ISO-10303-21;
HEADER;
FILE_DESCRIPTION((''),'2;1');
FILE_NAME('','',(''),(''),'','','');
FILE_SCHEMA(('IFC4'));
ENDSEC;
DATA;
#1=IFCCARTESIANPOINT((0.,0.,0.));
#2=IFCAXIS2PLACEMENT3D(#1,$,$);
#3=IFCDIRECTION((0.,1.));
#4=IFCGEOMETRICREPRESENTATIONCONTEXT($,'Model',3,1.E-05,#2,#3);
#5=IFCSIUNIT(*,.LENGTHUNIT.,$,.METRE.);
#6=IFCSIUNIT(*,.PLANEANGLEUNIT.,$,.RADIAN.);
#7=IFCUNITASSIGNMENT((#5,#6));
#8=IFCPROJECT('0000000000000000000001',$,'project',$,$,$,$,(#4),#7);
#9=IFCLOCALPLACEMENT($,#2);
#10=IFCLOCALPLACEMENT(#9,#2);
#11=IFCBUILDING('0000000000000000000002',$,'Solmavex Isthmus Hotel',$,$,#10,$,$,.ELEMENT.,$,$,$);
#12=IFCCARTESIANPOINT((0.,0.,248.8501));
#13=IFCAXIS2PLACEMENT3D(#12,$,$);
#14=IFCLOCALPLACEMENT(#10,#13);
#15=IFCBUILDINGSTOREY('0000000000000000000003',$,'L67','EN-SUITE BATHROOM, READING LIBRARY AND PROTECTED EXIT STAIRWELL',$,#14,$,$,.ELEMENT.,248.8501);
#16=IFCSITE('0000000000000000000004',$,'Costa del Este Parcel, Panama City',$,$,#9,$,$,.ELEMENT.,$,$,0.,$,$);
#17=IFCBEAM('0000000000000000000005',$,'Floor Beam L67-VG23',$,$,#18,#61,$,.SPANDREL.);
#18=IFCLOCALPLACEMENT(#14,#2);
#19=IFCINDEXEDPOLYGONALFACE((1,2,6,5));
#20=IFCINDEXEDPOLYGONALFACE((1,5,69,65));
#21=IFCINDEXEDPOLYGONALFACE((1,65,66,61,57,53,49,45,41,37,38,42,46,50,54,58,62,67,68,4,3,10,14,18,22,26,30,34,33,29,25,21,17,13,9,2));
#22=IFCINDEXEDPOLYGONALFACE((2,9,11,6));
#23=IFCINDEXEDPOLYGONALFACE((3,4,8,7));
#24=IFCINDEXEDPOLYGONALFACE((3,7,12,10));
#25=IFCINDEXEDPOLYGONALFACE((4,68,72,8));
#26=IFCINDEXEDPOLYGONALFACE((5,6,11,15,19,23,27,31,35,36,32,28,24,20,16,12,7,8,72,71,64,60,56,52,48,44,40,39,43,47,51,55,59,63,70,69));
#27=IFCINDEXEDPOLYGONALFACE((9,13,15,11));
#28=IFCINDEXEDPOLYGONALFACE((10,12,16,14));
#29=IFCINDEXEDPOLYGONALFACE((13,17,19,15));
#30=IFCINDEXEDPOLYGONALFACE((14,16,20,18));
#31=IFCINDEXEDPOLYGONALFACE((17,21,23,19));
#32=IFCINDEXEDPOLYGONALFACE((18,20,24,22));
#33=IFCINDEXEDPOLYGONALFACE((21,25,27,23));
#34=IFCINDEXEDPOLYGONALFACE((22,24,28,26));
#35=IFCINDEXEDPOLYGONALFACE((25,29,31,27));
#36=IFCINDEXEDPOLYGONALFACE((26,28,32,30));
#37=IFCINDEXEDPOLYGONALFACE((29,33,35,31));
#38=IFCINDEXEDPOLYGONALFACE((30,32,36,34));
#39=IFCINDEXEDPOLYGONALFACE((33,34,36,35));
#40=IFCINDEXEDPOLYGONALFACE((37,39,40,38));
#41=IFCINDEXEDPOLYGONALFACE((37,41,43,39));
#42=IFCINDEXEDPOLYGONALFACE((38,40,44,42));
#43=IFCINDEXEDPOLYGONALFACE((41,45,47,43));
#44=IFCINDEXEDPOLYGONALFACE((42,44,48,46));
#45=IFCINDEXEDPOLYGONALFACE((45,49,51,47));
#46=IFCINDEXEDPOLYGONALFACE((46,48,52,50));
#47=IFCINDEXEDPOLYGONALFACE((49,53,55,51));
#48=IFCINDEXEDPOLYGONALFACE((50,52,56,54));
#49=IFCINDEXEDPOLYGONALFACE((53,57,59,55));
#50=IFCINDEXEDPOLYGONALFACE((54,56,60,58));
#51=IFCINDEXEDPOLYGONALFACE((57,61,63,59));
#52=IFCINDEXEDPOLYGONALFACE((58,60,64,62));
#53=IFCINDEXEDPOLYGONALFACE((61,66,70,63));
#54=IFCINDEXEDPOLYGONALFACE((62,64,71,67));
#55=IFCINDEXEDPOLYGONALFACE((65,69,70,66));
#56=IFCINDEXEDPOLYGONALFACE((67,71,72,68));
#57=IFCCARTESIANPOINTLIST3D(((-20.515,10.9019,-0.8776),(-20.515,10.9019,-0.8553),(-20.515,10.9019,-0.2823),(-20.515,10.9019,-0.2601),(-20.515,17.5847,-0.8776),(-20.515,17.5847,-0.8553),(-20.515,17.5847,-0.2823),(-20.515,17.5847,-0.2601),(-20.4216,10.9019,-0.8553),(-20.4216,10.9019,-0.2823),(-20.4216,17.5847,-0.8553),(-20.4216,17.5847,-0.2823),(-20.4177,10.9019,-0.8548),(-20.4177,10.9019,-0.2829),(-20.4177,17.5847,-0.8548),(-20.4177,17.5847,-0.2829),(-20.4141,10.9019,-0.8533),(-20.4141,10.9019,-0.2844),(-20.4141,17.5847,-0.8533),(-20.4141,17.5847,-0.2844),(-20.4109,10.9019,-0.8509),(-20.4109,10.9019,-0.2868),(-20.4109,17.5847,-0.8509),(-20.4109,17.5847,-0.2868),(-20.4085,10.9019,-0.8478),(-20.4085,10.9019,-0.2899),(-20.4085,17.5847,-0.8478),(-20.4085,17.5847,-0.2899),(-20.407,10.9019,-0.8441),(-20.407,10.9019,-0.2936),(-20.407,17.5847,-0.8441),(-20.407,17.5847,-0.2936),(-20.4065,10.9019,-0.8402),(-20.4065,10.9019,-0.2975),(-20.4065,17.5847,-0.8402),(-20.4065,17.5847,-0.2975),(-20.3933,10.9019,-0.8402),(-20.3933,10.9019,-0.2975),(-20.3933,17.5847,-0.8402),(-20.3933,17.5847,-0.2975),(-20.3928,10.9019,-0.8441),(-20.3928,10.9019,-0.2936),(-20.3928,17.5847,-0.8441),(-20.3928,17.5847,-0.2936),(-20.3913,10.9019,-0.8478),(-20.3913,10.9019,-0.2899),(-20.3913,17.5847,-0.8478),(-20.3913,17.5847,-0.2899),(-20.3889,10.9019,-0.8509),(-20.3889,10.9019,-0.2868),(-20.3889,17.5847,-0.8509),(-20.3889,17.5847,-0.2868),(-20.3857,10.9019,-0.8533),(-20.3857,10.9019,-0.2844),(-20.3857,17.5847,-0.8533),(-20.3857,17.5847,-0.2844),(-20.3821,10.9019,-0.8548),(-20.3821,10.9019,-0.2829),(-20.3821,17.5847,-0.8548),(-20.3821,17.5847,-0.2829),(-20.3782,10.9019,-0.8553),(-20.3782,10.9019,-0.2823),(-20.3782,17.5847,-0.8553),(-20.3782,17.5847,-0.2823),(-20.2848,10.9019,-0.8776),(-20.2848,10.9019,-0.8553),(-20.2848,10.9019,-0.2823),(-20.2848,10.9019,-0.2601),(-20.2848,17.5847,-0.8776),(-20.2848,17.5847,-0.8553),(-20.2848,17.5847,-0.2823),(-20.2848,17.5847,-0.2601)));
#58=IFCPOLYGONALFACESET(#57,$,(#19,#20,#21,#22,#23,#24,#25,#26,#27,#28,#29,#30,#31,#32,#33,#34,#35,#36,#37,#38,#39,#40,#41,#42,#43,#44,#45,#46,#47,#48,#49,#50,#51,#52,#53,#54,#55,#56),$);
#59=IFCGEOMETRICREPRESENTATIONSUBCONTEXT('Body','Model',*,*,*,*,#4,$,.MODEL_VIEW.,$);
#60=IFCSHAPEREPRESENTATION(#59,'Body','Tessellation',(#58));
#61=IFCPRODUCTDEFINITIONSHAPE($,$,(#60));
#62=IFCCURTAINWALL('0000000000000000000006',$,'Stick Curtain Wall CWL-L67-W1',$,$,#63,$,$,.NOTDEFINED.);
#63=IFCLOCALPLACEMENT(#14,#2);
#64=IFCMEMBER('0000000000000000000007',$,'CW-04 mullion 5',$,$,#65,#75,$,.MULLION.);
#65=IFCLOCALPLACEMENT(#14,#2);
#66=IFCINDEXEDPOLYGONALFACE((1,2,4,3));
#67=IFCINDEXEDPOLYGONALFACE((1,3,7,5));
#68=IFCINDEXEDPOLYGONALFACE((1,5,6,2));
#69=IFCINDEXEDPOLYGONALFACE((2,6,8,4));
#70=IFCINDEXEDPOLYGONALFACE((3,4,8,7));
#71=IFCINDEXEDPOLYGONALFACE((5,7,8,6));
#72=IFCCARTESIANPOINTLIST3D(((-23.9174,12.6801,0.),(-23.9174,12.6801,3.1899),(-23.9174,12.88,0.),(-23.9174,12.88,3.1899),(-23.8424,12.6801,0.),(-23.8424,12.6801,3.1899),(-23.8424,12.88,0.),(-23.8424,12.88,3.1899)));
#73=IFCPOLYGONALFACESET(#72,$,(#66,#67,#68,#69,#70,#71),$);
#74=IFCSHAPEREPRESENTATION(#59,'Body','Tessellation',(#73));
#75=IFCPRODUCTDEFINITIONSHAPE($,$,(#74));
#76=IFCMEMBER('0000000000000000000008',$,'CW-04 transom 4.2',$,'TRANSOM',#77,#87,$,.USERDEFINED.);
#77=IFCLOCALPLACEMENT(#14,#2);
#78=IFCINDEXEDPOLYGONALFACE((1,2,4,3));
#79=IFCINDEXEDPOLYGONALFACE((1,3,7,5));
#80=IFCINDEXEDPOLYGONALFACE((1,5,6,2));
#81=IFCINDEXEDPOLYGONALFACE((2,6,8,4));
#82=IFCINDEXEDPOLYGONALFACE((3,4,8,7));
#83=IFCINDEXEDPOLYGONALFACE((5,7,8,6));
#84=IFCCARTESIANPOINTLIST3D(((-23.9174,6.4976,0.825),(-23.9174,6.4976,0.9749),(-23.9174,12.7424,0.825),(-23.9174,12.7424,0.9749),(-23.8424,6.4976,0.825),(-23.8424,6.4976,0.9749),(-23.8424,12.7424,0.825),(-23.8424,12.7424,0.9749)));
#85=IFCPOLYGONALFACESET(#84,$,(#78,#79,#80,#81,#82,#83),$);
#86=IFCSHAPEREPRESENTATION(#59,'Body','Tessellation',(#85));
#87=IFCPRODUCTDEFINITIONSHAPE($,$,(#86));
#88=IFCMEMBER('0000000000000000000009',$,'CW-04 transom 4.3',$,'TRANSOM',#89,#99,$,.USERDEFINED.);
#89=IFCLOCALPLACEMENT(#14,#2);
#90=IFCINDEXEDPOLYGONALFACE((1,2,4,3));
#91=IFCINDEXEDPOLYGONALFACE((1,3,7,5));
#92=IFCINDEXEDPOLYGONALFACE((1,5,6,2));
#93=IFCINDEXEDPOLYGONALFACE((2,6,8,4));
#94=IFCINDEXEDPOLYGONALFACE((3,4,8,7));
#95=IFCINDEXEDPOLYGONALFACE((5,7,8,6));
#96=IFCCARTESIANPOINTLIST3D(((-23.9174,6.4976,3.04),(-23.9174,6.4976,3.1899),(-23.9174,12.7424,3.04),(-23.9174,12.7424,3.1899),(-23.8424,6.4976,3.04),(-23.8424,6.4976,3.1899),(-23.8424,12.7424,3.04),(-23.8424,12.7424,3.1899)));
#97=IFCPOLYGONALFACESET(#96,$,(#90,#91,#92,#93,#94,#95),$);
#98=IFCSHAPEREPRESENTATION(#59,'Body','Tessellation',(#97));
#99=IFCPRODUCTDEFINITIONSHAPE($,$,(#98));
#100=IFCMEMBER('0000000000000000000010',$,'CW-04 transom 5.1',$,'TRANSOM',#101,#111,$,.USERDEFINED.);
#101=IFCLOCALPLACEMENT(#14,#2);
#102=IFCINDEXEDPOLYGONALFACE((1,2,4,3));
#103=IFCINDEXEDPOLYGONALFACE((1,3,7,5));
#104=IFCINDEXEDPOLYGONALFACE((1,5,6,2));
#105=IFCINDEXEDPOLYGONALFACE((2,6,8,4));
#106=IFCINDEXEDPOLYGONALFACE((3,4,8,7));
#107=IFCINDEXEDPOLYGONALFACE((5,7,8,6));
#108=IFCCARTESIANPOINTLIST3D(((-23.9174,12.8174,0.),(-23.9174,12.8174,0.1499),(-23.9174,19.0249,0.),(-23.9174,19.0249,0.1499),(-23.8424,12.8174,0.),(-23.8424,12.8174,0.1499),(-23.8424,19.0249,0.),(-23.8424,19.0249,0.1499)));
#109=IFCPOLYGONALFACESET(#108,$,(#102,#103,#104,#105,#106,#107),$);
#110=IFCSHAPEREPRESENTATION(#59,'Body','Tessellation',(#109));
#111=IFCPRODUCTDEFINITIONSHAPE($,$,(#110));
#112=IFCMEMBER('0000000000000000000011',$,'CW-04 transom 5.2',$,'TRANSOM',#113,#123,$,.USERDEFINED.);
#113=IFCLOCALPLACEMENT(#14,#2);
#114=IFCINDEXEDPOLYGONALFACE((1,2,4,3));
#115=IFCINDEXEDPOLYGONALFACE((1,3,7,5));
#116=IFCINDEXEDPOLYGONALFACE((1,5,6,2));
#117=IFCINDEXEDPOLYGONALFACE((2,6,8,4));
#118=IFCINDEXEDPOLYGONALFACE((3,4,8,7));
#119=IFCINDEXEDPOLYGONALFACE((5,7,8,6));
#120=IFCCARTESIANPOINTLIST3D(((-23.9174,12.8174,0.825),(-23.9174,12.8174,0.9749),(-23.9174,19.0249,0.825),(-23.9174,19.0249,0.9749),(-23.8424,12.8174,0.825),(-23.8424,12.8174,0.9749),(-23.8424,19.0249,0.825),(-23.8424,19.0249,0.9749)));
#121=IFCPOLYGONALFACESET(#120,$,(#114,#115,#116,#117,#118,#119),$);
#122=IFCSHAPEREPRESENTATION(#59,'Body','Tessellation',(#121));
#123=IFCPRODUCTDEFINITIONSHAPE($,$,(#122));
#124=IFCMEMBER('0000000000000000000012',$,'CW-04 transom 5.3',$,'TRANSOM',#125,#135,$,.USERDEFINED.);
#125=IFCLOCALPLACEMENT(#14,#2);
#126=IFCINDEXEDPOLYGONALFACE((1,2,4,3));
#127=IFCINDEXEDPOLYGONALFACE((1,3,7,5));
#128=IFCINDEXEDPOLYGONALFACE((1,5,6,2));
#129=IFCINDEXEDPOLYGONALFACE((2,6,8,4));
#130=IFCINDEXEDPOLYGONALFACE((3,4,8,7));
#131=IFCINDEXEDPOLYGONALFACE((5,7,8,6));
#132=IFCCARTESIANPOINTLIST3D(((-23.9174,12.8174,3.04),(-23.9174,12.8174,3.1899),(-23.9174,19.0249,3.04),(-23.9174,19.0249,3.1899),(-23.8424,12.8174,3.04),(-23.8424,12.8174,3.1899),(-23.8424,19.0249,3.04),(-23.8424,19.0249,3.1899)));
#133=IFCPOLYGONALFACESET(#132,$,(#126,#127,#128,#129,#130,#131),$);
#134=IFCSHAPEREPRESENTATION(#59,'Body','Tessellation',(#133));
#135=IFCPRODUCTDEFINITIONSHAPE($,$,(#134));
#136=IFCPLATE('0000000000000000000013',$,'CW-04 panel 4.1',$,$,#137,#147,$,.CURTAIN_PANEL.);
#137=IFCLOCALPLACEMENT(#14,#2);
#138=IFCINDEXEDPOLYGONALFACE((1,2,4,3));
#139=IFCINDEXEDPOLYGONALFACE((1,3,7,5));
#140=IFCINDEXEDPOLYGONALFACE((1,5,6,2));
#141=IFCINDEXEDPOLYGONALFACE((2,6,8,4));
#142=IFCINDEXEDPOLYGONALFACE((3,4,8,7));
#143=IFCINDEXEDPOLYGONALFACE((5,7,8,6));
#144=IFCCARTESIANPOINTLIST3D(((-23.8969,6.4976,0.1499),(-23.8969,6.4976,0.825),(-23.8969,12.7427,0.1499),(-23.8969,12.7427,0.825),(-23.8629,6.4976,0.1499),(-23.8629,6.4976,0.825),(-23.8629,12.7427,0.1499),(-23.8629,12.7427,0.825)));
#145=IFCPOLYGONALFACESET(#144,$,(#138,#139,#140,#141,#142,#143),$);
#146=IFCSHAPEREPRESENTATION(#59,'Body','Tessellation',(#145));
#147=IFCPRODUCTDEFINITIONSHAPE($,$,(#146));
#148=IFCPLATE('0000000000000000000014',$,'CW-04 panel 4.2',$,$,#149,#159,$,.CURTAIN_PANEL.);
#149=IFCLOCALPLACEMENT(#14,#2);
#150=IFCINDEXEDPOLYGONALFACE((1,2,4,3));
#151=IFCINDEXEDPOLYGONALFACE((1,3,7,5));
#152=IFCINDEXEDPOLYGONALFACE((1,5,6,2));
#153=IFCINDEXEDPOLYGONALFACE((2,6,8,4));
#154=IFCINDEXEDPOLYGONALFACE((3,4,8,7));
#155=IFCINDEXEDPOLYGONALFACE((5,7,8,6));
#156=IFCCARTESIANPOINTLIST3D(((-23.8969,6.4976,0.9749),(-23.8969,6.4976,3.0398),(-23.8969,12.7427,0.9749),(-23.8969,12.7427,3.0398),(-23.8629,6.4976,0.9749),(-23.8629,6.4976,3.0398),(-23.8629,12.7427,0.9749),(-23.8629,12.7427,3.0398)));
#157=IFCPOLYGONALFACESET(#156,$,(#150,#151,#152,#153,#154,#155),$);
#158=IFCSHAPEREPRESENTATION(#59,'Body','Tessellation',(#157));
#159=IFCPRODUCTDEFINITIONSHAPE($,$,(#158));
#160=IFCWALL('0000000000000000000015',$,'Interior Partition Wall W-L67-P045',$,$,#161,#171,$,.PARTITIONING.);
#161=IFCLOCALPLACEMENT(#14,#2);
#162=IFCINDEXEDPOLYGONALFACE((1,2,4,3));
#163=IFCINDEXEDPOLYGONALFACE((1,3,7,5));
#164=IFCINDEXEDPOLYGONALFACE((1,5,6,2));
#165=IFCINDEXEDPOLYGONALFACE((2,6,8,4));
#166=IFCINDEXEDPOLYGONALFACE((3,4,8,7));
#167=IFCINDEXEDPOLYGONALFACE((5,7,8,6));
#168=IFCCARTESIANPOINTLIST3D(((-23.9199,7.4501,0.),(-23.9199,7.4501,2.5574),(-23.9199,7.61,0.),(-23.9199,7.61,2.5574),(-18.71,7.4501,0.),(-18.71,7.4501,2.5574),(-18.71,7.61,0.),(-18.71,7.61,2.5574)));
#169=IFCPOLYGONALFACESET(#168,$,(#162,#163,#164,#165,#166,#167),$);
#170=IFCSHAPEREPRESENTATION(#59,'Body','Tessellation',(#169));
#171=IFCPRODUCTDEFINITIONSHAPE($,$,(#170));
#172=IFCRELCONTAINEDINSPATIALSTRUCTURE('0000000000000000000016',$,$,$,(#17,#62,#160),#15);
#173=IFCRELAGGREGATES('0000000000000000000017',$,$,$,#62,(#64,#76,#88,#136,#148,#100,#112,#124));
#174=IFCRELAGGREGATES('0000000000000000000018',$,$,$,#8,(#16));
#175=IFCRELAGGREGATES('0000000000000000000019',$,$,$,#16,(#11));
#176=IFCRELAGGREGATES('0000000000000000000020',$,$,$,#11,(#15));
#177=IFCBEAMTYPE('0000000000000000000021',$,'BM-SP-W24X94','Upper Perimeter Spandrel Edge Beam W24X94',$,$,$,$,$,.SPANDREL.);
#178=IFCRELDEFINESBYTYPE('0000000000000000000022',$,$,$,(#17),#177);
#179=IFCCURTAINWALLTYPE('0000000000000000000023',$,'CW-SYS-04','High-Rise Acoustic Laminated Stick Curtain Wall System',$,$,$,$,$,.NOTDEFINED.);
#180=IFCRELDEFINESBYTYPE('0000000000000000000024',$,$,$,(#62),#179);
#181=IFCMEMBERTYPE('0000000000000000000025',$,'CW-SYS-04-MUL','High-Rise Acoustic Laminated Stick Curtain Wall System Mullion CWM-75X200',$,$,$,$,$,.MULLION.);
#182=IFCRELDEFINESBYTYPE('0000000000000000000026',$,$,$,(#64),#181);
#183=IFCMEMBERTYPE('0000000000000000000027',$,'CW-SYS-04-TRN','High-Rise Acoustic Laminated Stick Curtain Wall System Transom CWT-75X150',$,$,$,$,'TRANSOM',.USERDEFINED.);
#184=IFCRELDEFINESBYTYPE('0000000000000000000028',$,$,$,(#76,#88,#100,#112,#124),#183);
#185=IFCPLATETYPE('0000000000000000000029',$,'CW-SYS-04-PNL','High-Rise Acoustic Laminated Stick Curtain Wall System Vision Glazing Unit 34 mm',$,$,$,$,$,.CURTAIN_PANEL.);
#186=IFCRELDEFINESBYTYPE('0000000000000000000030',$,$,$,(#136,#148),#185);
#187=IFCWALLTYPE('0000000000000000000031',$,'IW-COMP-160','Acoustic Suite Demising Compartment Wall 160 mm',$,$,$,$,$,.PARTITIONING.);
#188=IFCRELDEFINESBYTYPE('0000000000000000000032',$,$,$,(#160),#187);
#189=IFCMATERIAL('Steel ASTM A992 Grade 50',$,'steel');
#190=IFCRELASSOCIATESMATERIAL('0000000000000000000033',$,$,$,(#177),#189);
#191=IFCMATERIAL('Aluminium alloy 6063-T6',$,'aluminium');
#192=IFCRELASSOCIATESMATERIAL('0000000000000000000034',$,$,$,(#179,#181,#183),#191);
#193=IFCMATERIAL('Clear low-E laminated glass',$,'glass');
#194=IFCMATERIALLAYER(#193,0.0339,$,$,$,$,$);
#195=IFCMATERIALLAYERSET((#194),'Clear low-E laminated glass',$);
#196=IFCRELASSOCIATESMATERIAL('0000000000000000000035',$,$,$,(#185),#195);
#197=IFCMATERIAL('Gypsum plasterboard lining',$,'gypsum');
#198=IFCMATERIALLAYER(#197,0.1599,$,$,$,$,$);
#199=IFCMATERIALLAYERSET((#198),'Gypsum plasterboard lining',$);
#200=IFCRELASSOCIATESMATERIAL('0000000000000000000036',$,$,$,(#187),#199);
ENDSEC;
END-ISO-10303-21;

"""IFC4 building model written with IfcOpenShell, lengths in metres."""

from ifc_helpers import new_model, si_unit, direction, frame, frame_2d, origin, origin_2d, place, context, subcontext, project, spatial, rectangle, i_section, extrude, material, layer, layer_set, material_profile, profile_set, type_object, element, aggregate, save


model = new_model("IFC4")

# Units and contexts
model_context = context("Model", 3, precision=1e-05, world=origin(), true_north=direction((0.0, 1.0)))
body_context = subcontext(model_context, "Body", "Model", "MODEL_VIEW")
ifc_project = project(units=[si_unit("LENGTHUNIT", "METRE"), si_unit("PLANEANGLEUNIT", "RADIAN")], contexts=[model_context])

# Site, building, storey
site_placement = place(None, origin())
site = spatial("IfcSite", under=ifc_project, at=site_placement, Name="Costa del Este Parcel, Panama City", CompositionType="ELEMENT", RefElevation=0.0)
building_placement = place(site_placement, origin())
building = spatial("IfcBuilding", under=site, at=building_placement, Name="Solmavex Isthmus Hotel", CompositionType="ELEMENT")
storey_placement = place(building_placement, frame((0.0, 0.0, 248.8501)))
storey = spatial("IfcBuildingStorey", under=building, at=storey_placement, Name="L67", Description="EN-SUITE BATHROOM, READING LIBRARY AND PROTECTED EXIT STAIRWELL", CompositionType="ELEMENT", Elevation=248.8501)

# Beam
ifc_material_1 = material(Name="Steel ASTM A992 Grade 50", Category="steel")
ifc_material_profile_1 = material_profile(ifc_material_1, i_section(OverallWidth=0.2302, OverallDepth=0.6174, WebThickness=0.0132, FlangeThickness=0.0222, FilletRadius=0.0151, at=origin_2d()), Name="W24X94")
ifc_profile_set_1 = profile_set([ifc_material_profile_1], Name="Steel ASTM A992 Grade 50")
beam_type_1 = type_object("IfcBeamType", Name="BM-SP-W24X94", Description="Upper Perimeter Spandrel Edge Beam W24X94", PredefinedType="SPANDREL", material=ifc_profile_set_1)
beam_1_placement = place(storey_placement, frame((-20.3999, 10.9019, -0.5688), z_axis=(0.0, 1.0, 0.0), x_axis=(-1.0, 0.0, 0.0)))
element("IfcBeam", 1, at=beam_1_placement, inside=storey, type_object=beam_type_1, Name="Floor Beam L67-VG23", PredefinedType="SPANDREL", context=body_context, shape_type="SweptSolid", body=[
    extrude(i_section(OverallWidth=0.2302, OverallDepth=0.6174, WebThickness=0.0132, FlangeThickness=0.0222, FilletRadius=0.0151, at=origin_2d()), origin(), (0.0, 0.0, 1.0), 6.6829),
])

# Curtain wall, members, plates
ifc_material_2 = material(Name="Aluminium alloy 6063-T6", Category="aluminium")
curtain_wall_type = type_object("IfcCurtainWallType", Name="CW-SYS-04", Description="High-Rise Acoustic Laminated Stick Curtain Wall System", PredefinedType="NOTDEFINED", material=ifc_material_2)
curtain_wall_placement = place(storey_placement, origin())
curtain_wall = element("IfcCurtainWall", 2, at=curtain_wall_placement, inside=storey, type_object=curtain_wall_type, Name="Stick Curtain Wall CWL-L67-W1", PredefinedType="NOTDEFINED")
ifc_material_profile_2 = material_profile(ifc_material_2, rectangle(XDim=0.075, YDim=0.2, at=origin_2d()), Name="CWM-75X200")
ifc_profile_set_2 = profile_set([ifc_material_profile_2], Name="Aluminium alloy 6063-T6")
member_type_1 = type_object("IfcMemberType", Name="CW-SYS-04-MUL", Description="High-Rise Acoustic Laminated Stick Curtain Wall System Mullion CWM-75X200", PredefinedType="MULLION", material=ifc_profile_set_2)
member_1_placement = place(storey_placement, frame((-23.8799, 12.78, 0.0), z_axis=(0.0, 0.0, 1.0), x_axis=(-1.0, 0.0, 0.0)))
member_1 = element("IfcMember", 3, at=member_1_placement, type_object=member_type_1, Name="CW-04 mullion 5", PredefinedType="MULLION", context=body_context, shape_type="SweptSolid", body=[
    extrude(rectangle(XDim=0.075, YDim=0.2, at=origin_2d()), origin(), (0.0, 0.0, 1.0), 3.1899),
])
ifc_material_profile_3 = material_profile(ifc_material_2, rectangle(XDim=0.075, YDim=0.1499, at=origin_2d()), Name="CWT-75X150")
ifc_profile_set_3 = profile_set([ifc_material_profile_3], Name="Aluminium alloy 6063-T6")
member_type_2 = type_object("IfcMemberType", Name="CW-SYS-04-TRN", Description="High-Rise Acoustic Laminated Stick Curtain Wall System Transom CWT-75X150", ElementType="TRANSOM", PredefinedType="USERDEFINED", material=ifc_profile_set_3)
member_2_placement = place(storey_placement, frame((-23.8799, 6.4976, 0.8999), z_axis=(0.0, 1.0, 0.0), x_axis=(-1.0, 0.0, 0.0)))
member_2 = element("IfcMember", 4, at=member_2_placement, type_object=member_type_2, Name="CW-04 transom 4.2", ObjectType="TRANSOM", PredefinedType="USERDEFINED", context=body_context, shape_type="SweptSolid", body=[
    extrude(rectangle(XDim=0.075, YDim=0.1499, at=origin_2d()), origin(), (0.0, 0.0, 1.0), 6.2449),
])
member_3_placement = place(storey_placement, frame((-23.8799, 6.4976, 3.115), z_axis=(0.0, 1.0, 0.0), x_axis=(-1.0, 0.0, 0.0)))
member_3 = element("IfcMember", 5, at=member_3_placement, type_object=member_type_2, Name="CW-04 transom 4.3", ObjectType="TRANSOM", PredefinedType="USERDEFINED", context=body_context, shape_type="SweptSolid", body=[
    extrude(rectangle(XDim=0.075, YDim=0.1499, at=origin_2d()), origin(), (0.0, 0.0, 1.0), 6.2449),
])
member_4_placement = place(storey_placement, frame((-23.8799, 12.8174, 0.075), z_axis=(0.0, 1.0, 0.0), x_axis=(-1.0, 0.0, 0.0)))
member_4 = element("IfcMember", 6, at=member_4_placement, type_object=member_type_2, Name="CW-04 transom 5.1", ObjectType="TRANSOM", PredefinedType="USERDEFINED", context=body_context, shape_type="SweptSolid", body=[
    extrude(rectangle(XDim=0.075, YDim=0.1499, at=origin_2d()), origin(), (0.0, 0.0, 1.0), 6.2075),
])
member_5_placement = place(storey_placement, frame((-23.8799, 12.8174, 0.8999), z_axis=(0.0, 1.0, 0.0), x_axis=(-1.0, 0.0, 0.0)))
member_5 = element("IfcMember", 7, at=member_5_placement, type_object=member_type_2, Name="CW-04 transom 5.2", ObjectType="TRANSOM", PredefinedType="USERDEFINED", context=body_context, shape_type="SweptSolid", body=[
    extrude(rectangle(XDim=0.075, YDim=0.1499, at=origin_2d()), origin(), (0.0, 0.0, 1.0), 6.2075),
])
member_6_placement = place(storey_placement, frame((-23.8799, 12.8174, 3.115), z_axis=(0.0, 1.0, 0.0), x_axis=(-1.0, 0.0, 0.0)))
member_6 = element("IfcMember", 8, at=member_6_placement, type_object=member_type_2, Name="CW-04 transom 5.3", ObjectType="TRANSOM", PredefinedType="USERDEFINED", context=body_context, shape_type="SweptSolid", body=[
    extrude(rectangle(XDim=0.075, YDim=0.1499, at=origin_2d()), origin(), (0.0, 0.0, 1.0), 6.2075),
])
ifc_material_3 = material(Name="Clear low-E laminated glass", Category="glass")
ifc_layer_1 = layer(ifc_material_3, 0.0339)
ifc_layer_set_1 = layer_set([ifc_layer_1], Name="Clear low-E laminated glass")
plate_type = type_object("IfcPlateType", Name="CW-SYS-04-PNL", Description="High-Rise Acoustic Laminated Stick Curtain Wall System Vision Glazing Unit 34 mm", PredefinedType="CURTAIN_PANEL", material=ifc_layer_set_1)
plate_1_placement = place(storey_placement, frame((-23.8799, 9.6201, 0.1499), z_axis=(0.0, 0.0, 1.0), x_axis=(0.0, 1.0, 0.0)))
plate_1 = element("IfcPlate", 9, at=plate_1_placement, type_object=plate_type, Name="CW-04 panel 4.1", PredefinedType="CURTAIN_PANEL", context=body_context, shape_type="SweptSolid", body=[
    extrude(rectangle(XDim=6.2451, YDim=0.0339, at=origin_2d()), origin(), (0.0, 0.0, 1.0), 0.675),
])
plate_2_placement = place(storey_placement, frame((-23.8799, 9.6201, 0.9749), z_axis=(0.0, 0.0, 1.0), x_axis=(0.0, 1.0, 0.0)))
plate_2 = element("IfcPlate", 10, at=plate_2_placement, type_object=plate_type, Name="CW-04 panel 4.2", PredefinedType="CURTAIN_PANEL", context=body_context, shape_type="SweptSolid", body=[
    extrude(rectangle(XDim=6.2451, YDim=0.0339, at=origin_2d()), origin(), (0.0, 0.0, 1.0), 2.0649),
])
aggregate(curtain_wall, [member_1, member_2, member_3, plate_1, plate_2, member_4, member_5, member_6])

# Wall
ifc_material_4 = material(Name="Gypsum plasterboard lining", Category="gypsum")
ifc_layer_2 = layer(ifc_material_4, 0.1599)
ifc_layer_set_2 = layer_set([ifc_layer_2], Name="Gypsum plasterboard lining")
wall_type_1 = type_object("IfcWallType", Name="IW-COMP-160", Description="Acoustic Suite Demising Compartment Wall 160 mm", PredefinedType="PARTITIONING", material=ifc_layer_set_2)
wall_1_placement = place(storey_placement, frame((-18.71, 7.53, 0.0), z_axis=(0.0, 0.0, 1.0), x_axis=(-1.0, 0.0, 0.0)))
element("IfcWall", 11, at=wall_1_placement, inside=storey, type_object=wall_type_1, Name="Interior Partition Wall W-L67-P045", PredefinedType="PARTITIONING", context=body_context, shape_type="SweptSolid", body=[
    extrude(rectangle(XDim=5.21, YDim=0.1599, at=frame_2d((2.605, 0.0))), origin(), (0.0, 0.0, 1.0), 2.5574),
])

save(model, "model.ifc")
